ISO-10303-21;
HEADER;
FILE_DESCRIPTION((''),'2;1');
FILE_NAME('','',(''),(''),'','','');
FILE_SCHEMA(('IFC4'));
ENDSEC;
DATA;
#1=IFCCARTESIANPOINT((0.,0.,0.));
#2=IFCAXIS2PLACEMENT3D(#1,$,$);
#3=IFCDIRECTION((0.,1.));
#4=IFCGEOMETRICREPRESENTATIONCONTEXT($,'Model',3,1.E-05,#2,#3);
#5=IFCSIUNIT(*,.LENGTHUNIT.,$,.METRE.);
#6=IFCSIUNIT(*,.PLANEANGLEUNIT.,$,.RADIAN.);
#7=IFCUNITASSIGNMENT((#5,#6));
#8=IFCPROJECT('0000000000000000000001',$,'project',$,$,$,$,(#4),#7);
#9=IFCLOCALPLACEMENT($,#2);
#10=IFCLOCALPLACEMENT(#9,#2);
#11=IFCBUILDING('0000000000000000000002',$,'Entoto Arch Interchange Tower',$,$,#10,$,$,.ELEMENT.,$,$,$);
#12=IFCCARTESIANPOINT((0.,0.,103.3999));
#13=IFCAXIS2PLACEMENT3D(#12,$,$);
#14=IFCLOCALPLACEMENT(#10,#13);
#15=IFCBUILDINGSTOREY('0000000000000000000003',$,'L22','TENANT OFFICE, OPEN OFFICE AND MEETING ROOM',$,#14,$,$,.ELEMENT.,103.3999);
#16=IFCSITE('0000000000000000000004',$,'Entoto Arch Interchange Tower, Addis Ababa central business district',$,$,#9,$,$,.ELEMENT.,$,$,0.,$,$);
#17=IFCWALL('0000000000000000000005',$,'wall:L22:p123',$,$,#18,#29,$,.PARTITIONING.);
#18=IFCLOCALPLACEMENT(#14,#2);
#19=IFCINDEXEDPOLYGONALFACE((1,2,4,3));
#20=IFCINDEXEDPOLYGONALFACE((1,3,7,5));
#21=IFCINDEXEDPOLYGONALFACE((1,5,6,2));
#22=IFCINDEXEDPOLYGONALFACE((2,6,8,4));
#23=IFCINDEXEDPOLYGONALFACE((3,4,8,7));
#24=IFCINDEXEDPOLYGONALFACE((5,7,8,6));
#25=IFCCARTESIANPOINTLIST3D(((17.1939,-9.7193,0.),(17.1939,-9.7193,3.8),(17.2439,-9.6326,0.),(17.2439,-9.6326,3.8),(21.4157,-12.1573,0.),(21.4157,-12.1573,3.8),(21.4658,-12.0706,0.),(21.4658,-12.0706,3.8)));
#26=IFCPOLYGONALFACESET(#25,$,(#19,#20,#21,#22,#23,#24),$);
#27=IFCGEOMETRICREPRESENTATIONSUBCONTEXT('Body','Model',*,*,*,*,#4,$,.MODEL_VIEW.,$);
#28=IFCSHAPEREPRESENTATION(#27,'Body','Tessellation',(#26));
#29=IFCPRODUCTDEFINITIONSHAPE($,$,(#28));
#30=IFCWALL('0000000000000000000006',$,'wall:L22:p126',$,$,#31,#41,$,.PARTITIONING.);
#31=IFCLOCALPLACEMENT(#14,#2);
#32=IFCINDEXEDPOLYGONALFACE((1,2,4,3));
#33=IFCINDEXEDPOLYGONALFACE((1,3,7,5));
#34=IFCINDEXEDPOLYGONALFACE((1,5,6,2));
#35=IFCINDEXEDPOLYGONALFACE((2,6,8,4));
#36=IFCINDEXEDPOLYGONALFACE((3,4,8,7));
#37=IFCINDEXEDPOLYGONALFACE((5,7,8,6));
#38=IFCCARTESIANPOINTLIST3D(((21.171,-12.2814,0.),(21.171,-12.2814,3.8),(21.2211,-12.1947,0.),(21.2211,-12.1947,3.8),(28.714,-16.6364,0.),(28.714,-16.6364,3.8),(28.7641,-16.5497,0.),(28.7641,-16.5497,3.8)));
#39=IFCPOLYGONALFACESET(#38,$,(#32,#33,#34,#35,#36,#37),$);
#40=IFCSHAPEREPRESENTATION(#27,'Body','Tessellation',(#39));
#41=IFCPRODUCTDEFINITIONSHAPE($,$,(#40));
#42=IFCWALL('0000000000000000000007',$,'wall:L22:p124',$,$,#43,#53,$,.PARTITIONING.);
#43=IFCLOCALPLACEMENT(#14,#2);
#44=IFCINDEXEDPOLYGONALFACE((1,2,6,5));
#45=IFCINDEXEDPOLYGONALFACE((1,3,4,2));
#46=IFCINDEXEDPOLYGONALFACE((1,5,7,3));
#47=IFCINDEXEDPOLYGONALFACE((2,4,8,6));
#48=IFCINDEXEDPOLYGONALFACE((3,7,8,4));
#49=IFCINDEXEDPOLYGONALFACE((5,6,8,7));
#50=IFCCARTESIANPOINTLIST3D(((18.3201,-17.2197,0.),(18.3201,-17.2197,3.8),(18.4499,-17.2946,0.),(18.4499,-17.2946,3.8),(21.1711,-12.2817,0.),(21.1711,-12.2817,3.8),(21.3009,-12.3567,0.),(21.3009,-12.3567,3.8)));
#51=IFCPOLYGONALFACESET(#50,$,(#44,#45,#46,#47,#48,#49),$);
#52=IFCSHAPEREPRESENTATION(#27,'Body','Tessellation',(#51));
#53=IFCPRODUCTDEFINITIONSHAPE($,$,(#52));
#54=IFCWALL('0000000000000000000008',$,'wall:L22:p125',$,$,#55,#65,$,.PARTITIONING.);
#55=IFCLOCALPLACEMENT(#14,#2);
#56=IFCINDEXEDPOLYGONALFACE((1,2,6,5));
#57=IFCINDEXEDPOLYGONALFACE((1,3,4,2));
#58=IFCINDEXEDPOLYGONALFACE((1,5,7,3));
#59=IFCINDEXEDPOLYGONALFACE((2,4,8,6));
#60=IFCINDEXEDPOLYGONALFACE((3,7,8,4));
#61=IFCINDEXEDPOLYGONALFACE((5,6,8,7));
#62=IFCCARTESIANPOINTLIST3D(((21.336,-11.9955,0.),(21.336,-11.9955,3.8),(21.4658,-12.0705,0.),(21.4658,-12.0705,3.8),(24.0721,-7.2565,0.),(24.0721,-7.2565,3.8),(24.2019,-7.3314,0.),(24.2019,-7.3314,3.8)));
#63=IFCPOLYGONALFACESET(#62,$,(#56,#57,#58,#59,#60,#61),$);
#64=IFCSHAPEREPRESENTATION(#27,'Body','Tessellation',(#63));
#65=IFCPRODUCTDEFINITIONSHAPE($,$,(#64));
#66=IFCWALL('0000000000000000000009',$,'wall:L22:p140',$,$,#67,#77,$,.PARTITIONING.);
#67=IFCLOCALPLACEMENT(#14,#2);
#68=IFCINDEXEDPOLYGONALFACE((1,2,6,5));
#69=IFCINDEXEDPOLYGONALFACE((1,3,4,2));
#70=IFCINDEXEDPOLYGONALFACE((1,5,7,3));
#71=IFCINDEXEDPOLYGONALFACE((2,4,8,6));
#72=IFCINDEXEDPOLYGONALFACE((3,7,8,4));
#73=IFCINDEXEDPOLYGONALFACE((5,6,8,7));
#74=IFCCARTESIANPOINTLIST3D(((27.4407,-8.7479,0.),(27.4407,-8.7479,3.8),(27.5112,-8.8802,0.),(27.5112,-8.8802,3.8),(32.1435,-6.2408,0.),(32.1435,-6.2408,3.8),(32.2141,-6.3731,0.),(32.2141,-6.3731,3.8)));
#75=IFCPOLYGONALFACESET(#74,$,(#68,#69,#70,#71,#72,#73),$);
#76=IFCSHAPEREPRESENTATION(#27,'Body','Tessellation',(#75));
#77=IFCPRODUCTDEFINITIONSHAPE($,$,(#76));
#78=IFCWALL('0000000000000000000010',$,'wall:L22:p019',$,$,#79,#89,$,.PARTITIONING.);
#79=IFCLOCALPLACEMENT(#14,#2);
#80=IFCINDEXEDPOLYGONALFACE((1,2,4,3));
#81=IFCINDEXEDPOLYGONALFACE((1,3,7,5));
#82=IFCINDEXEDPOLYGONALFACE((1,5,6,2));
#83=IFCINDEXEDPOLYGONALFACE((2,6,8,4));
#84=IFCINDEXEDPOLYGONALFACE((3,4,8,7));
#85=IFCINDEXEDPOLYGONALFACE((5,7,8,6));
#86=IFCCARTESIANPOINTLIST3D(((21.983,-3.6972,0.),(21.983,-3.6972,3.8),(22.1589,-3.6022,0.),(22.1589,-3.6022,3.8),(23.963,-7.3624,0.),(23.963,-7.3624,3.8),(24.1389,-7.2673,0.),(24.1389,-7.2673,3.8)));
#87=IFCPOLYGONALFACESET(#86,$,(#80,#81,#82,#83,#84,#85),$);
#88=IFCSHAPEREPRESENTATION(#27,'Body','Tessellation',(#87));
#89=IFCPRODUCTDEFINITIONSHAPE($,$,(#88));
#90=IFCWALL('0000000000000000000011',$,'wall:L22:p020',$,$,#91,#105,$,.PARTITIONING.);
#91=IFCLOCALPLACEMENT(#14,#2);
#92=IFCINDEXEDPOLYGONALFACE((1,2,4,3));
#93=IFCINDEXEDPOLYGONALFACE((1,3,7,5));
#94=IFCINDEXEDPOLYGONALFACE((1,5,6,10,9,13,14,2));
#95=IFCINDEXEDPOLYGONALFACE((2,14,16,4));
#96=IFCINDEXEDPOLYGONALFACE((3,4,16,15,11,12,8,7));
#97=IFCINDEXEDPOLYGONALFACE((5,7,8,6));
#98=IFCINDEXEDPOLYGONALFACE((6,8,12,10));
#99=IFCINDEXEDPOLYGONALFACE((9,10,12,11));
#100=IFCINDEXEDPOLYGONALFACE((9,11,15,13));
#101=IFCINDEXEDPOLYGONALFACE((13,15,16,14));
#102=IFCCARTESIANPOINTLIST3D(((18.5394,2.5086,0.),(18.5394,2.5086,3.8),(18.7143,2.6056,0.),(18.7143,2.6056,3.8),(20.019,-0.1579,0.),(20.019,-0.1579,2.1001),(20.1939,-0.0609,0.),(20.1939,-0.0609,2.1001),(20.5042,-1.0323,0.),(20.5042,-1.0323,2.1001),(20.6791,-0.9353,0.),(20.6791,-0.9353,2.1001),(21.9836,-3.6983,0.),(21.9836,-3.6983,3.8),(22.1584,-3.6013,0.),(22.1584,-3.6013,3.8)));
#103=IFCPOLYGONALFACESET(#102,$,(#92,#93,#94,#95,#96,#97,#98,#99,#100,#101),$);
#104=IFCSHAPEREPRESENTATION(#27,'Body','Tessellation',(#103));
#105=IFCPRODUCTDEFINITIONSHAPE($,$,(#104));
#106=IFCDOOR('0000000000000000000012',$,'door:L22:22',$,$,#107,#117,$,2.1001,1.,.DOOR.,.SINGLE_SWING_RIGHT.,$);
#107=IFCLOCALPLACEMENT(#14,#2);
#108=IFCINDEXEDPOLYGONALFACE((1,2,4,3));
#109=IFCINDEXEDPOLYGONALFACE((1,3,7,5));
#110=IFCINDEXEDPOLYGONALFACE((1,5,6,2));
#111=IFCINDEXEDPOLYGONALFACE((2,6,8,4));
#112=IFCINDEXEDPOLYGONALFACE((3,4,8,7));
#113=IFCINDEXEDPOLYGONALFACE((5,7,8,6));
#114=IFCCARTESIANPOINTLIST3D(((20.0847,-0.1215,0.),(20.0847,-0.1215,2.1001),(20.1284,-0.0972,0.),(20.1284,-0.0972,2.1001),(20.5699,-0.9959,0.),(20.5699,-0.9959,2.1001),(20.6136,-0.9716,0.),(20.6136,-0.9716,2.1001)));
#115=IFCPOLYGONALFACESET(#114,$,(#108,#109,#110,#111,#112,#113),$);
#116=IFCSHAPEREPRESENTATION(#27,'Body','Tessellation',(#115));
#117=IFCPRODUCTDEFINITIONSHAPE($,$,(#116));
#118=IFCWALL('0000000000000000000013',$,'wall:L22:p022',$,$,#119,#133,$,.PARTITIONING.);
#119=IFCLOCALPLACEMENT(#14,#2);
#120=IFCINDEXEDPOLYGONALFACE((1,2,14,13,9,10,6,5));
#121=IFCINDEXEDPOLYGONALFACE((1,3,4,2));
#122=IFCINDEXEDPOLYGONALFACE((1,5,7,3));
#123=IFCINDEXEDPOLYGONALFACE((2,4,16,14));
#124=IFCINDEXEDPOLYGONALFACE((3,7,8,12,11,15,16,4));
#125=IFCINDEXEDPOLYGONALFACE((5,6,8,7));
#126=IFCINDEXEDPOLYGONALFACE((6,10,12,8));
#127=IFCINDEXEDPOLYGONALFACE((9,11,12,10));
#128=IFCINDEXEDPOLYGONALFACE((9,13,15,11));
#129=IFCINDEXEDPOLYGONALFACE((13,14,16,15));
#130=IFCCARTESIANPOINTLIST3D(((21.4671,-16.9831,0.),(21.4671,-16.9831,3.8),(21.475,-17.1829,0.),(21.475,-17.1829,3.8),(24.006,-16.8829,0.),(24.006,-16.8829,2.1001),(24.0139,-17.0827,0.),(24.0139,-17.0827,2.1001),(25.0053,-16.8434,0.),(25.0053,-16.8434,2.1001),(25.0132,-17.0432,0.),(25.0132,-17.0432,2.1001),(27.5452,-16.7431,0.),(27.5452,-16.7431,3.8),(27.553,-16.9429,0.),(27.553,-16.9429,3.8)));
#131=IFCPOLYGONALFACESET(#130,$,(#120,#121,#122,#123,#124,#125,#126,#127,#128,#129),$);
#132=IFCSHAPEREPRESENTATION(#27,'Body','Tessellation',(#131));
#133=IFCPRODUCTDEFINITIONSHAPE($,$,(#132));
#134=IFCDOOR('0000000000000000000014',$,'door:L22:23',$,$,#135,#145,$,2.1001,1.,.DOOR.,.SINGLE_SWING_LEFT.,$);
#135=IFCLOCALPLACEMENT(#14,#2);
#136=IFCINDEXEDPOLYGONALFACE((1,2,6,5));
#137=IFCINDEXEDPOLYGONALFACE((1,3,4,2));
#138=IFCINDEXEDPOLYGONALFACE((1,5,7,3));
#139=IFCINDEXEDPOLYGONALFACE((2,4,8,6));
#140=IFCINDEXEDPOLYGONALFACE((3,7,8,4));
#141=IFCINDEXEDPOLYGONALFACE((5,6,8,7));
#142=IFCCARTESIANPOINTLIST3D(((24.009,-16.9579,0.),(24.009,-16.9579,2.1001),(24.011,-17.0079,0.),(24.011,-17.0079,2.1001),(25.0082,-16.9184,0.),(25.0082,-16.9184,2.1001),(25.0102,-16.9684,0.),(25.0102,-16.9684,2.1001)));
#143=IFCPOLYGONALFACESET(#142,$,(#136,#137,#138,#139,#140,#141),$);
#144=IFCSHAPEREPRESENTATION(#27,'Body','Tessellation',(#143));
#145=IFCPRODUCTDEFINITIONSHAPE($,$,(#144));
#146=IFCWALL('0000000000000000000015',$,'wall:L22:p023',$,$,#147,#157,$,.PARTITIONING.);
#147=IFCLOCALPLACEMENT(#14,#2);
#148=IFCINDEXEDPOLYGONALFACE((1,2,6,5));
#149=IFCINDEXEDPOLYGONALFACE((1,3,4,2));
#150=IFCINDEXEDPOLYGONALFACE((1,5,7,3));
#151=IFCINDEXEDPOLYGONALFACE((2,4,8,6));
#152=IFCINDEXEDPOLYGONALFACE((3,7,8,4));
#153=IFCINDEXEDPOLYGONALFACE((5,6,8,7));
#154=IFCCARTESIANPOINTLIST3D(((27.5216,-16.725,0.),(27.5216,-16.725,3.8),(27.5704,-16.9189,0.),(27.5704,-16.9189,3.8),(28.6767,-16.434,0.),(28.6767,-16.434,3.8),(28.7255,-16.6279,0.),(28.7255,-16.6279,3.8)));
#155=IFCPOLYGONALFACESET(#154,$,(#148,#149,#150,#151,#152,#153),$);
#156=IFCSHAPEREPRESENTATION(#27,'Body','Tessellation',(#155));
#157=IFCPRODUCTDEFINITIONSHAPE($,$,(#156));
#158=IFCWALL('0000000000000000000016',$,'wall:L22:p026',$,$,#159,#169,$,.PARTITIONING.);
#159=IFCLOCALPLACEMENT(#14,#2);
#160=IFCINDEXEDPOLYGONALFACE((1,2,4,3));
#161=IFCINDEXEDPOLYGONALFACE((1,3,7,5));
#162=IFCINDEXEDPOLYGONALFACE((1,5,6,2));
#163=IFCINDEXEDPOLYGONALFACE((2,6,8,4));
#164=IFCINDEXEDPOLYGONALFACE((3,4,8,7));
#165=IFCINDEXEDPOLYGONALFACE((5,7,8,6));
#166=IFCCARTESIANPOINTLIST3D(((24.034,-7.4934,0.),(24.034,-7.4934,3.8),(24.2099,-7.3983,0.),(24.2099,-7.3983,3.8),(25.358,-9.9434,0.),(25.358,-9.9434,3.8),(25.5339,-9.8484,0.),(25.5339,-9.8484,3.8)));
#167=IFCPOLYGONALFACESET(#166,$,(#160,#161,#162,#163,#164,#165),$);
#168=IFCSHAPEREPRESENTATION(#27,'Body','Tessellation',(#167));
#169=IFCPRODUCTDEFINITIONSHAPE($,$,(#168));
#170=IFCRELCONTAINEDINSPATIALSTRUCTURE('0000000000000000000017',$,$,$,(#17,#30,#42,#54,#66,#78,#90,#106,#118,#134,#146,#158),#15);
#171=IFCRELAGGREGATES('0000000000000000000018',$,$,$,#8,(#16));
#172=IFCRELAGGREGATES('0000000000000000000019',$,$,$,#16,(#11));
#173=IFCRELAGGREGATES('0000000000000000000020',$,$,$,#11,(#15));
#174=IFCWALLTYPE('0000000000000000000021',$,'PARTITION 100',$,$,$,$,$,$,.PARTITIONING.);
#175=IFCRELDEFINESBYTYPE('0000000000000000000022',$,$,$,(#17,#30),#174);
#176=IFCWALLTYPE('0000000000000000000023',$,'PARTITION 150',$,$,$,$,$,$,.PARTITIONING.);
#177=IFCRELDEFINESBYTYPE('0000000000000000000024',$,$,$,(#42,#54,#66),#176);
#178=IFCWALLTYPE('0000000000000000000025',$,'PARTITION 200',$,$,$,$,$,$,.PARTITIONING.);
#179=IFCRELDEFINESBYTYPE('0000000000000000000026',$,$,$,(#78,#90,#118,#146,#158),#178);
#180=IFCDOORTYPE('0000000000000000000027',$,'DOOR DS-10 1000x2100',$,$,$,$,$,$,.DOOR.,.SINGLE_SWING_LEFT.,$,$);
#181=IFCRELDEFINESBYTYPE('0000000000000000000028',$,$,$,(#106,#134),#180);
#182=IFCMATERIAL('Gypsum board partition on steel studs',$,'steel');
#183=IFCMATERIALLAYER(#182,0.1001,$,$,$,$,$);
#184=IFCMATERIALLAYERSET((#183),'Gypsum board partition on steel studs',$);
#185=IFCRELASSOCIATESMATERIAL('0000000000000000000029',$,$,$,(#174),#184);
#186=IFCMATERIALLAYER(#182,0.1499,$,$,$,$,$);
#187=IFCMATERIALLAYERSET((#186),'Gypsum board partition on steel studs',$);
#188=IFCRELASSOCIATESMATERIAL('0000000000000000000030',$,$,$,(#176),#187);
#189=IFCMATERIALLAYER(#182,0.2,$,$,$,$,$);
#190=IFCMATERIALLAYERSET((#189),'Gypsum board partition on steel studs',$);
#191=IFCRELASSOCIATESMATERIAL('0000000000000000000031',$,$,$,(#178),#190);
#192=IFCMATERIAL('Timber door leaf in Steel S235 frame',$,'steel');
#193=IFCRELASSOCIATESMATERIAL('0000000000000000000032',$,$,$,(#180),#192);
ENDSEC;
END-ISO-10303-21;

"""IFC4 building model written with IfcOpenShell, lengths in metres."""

from ifc_helpers import new_model, si_unit, direction, frame, frame_2d, origin, place, context, subcontext, project, spatial, rectangle, extrude, material, layer, layer_set, type_object, element, fill, save


model = new_model("IFC4")

# Units and contexts
model_context = context("Model", 3, precision=1e-05, world=origin(), true_north=direction((0.0, 1.0)))
body_context = subcontext(model_context, "Body", "Model", "MODEL_VIEW")
ifc_project = project(units=[si_unit("LENGTHUNIT", "METRE"), si_unit("PLANEANGLEUNIT", "RADIAN")], contexts=[model_context])

# Site, building, storey
site_placement = place(None, origin())
site = spatial("IfcSite", under=ifc_project, at=site_placement, Name="Entoto Arch Interchange Tower, Addis Ababa central business district", CompositionType="ELEMENT", RefElevation=0.0)
building_placement = place(site_placement, origin())
building = spatial("IfcBuilding", under=site, at=building_placement, Name="Entoto Arch Interchange Tower", CompositionType="ELEMENT")
storey_placement = place(building_placement, frame((0.0, 0.0, 103.3999)))
storey = spatial("IfcBuildingStorey", under=building, at=storey_placement, Name="L22", Description="TENANT OFFICE, OPEN OFFICE AND MEETING ROOM", CompositionType="ELEMENT", Elevation=103.3999)

# Walls
ifc_material_1 = material(Name="Gypsum board partition on steel studs", Category="steel")
ifc_layer_1 = layer(ifc_material_1, 0.1001)
ifc_layer_set_1 = layer_set([ifc_layer_1], Name="Gypsum board partition on steel studs")
wall_type_1 = type_object("IfcWallType", Name="PARTITION 100", PredefinedType="PARTITIONING", material=ifc_layer_set_1)
wall_1_placement = place(storey_placement, frame((17.219, -9.676, 0.0), z_axis=(0.0, 0.0, 1.0), x_axis=(0.865985, -0.500071, 0.0)))
element("IfcWall", 1, at=wall_1_placement, inside=storey, type_object=wall_type_1, Name="wall:L22:p123", PredefinedType="PARTITIONING", context=body_context, shape_type="SweptSolid", body=[
    extrude(rectangle(XDim=4.8752, YDim=0.1001, at=frame_2d((2.4375, 0.0))), origin(), (0.0, 0.0, 1.0), 3.8),
])
wall_2_placement = place(storey_placement, frame((21.196, -12.238, 0.0), z_axis=(0.0, 0.0, 1.0), x_axis=(0.866023, -0.500004, 0.0)))
element("IfcWall", 2, at=wall_2_placement, inside=storey, type_object=wall_type_1, Name="wall:L22:p126", PredefinedType="PARTITIONING", context=body_context, shape_type="SweptSolid", body=[
    extrude(rectangle(XDim=8.71, YDim=0.1001, at=frame_2d((4.355, 0.0))), origin(), (0.0, 0.0, 1.0), 3.8),
])
ifc_layer_2 = layer(ifc_material_1, 0.1499)
ifc_layer_set_2 = layer_set([ifc_layer_2], Name="Gypsum board partition on steel studs")
wall_type_2 = type_object("IfcWallType", Name="PARTITION 150", PredefinedType="PARTITIONING", material=ifc_layer_set_2)
wall_3_placement = place(storey_placement, frame((21.2361, -12.3191, 0.0), z_axis=(0.0, 0.0, 1.0), x_axis=(-0.500016, -0.866016, 0.0)))
element("IfcWall", 3, at=wall_3_placement, inside=storey, type_object=wall_type_2, Name="wall:L22:p124", PredefinedType="PARTITIONING", context=body_context, shape_type="SweptSolid", body=[
    extrude(rectangle(XDim=5.7019, YDim=0.1499, at=frame_2d((2.8511, 0.0))), origin(), (0.0, 0.0, 1.0), 3.8),
])
wall_4_placement = place(storey_placement, frame((24.137, -7.2939, 0.0), z_axis=(0.0, 0.0, 1.0), x_axis=(-0.500002, -0.866024, 0.0)))
element("IfcWall", 4, at=wall_4_placement, inside=storey, type_object=wall_type_2, Name="wall:L22:p125", PredefinedType="PARTITIONING", context=body_context, shape_type="SweptSolid", body=[
    extrude(rectangle(XDim=5.4722, YDim=0.1499, at=frame_2d((2.7361, 0.0))), origin(), (0.0, 0.0, 1.0), 3.8),
])
wall_5_placement = place(storey_placement, frame((27.4761, -8.814, 0.0), z_axis=(0.0, 0.0, 1.0), x_axis=(0.88244, 0.470424, 0.0)))
element("IfcWall", 5, at=wall_5_placement, inside=storey, type_object=wall_type_2, Name="wall:L22:p140", PredefinedType="PARTITIONING", context=body_context, shape_type="SweptSolid", body=[
    extrude(rectangle(XDim=5.3293, YDim=0.1499, at=frame_2d((2.6646, 0.0))), origin(), (0.0, 0.0, 1.0), 3.8),
])
ifc_layer_3 = layer(ifc_material_1, 0.2)
ifc_layer_set_3 = layer_set([ifc_layer_3], Name="Gypsum board partition on steel studs")
wall_type_3 = type_object("IfcWallType", Name="PARTITION 200", PredefinedType="PARTITIONING", material=ifc_layer_set_3)
wall_6_placement = place(storey_placement, frame((24.051, -7.3149, 0.0), z_axis=(0.0, 0.0, 1.0), x_axis=(-0.475309, 0.879819, 0.0)))
element("IfcWall", 6, at=wall_6_placement, inside=storey, type_object=wall_type_3, Name="wall:L22:p019", PredefinedType="PARTITIONING", context=body_context, shape_type="SweptSolid", body=[
    extrude(rectangle(XDim=4.1658, YDim=0.2, at=frame_2d((2.083, 0.0))), origin(), (0.0, 0.0, 1.0), 3.8),
])

# Walls, openings, doors
wall_7_placement = place(storey_placement, frame((22.071, -3.6499, 0.0), z_axis=(0.0, 0.0, 1.0), x_axis=(-0.485199, 0.874404, 0.0)))
wall_7 = element("IfcWall", 7, at=wall_7_placement, inside=storey, type_object=wall_type_3, Name="wall:L22:p020", PredefinedType="PARTITIONING", context=body_context, shape_type="SweptSolid", body=[
    extrude(rectangle(XDim=7.0984, YDim=0.2, at=frame_2d((3.5493, 0.0))), origin(), (0.0, 0.0, 1.0), 3.8),
])
opening_1_placement = place(wall_7_placement, frame((3.0491, 0.0, 0.0)))
opening_1 = element("IfcOpeningElement", 8, at=opening_1_placement, cuts=wall_7, PredefinedType="OPENING", context=body_context, shape_type="SweptSolid", body=[
    extrude(rectangle(XDim=1.0, YDim=2.1001, at=frame_2d((0.5, 1.05))), frame((0.0, 0.1099, 0.0), z_axis=(0.0, -1.0, 0.0), x_axis=(1.0, 0.0, 0.0)), (0.0, 0.0, 1.0), 0.22),
])
ifc_material_2 = material(Name="Timber door leaf in Steel S235 frame", Category="steel")
door_type = type_object("IfcDoorType", Name="DOOR DS-10 1000x2100", OperationType="SINGLE_SWING_LEFT", PredefinedType="DOOR", material=ifc_material_2)
door_1_placement = place(opening_1_placement, origin())
door_1 = element("IfcDoor", 9, at=door_1_placement, inside=storey, type_object=door_type, Name="door:L22:22", OperationType="SINGLE_SWING_RIGHT", OverallHeight=2.1001, OverallWidth=1.0, PredefinedType="DOOR", context=body_context, shape_type="SweptSolid", body=[
    extrude(rectangle(XDim=1.0, YDim=2.1001, at=frame_2d((0.5, 1.05))), frame((0.0, 0.0249, 0.0), z_axis=(0.0, -1.0, 0.0), x_axis=(1.0, 0.0, 0.0)), (0.0, 0.0, 1.0), 0.05),
])
fill(opening_1, door_1)
wall_8_placement = place(storey_placement, frame((21.4709, -17.083, 0.0), z_axis=(0.0, 0.0, 1.0), x_axis=(0.999221, 0.039454, 0.0)))
wall_8 = element("IfcWall", 10, at=wall_8_placement, inside=storey, type_object=wall_type_3, Name="wall:L22:p022", PredefinedType="PARTITIONING", context=body_context, shape_type="SweptSolid", body=[
    extrude(rectangle(XDim=6.0828, YDim=0.2, at=frame_2d((3.0415, 0.0))), origin(), (0.0, 0.0, 1.0), 3.8),
])
opening_2_placement = place(wall_8_placement, frame((2.541, 0.0, 0.0)))
opening_2 = element("IfcOpeningElement", 11, at=opening_2_placement, cuts=wall_8, PredefinedType="OPENING", context=body_context, shape_type="SweptSolid", body=[
    extrude(rectangle(XDim=1.0, YDim=2.1001, at=frame_2d((0.5, 1.05))), frame((0.0, 0.1099, 0.0), z_axis=(0.0, -1.0, 0.0), x_axis=(1.0, 0.0, 0.0)), (0.0, 0.0, 1.0), 0.22),
])
door_2_placement = place(opening_2_placement, origin())
door_2 = element("IfcDoor", 12, at=door_2_placement, inside=storey, type_object=door_type, Name="door:L22:23", OperationType="SINGLE_SWING_LEFT", OverallHeight=2.1001, OverallWidth=1.0, PredefinedType="DOOR", context=body_context, shape_type="SweptSolid", body=[
    extrude(rectangle(XDim=1.0, YDim=2.1001, at=frame_2d((0.5, 1.05))), frame((0.0, 0.0249, 0.0), z_axis=(0.0, -1.0, 0.0), x_axis=(1.0, 0.0, 0.0)), (0.0, 0.0, 1.0), 0.05),
])
fill(opening_2, door_2)

# Walls
wall_9_placement = place(storey_placement, frame((27.5459, -16.822, 0.0), z_axis=(0.0, 0.0, 1.0), x_axis=(0.969695, 0.24432, 0.0)))
element("IfcWall", 13, at=wall_9_placement, inside=storey, type_object=wall_type_3, Name="wall:L22:p023", PredefinedType="PARTITIONING", context=body_context, shape_type="SweptSolid", body=[
    extrude(rectangle(XDim=1.1912, YDim=0.2, at=frame_2d((0.5957, 0.0))), origin(), (0.0, 0.0, 1.0), 3.8),
])
wall_10_placement = place(storey_placement, frame((25.446, -9.896, 0.0), z_axis=(0.0, 0.0, 1.0), x_axis=(-0.475427, 0.879755, 0.0)))
element("IfcWall", 14, at=wall_10_placement, inside=storey, type_object=wall_type_3, Name="wall:L22:p026", PredefinedType="PARTITIONING", context=body_context, shape_type="SweptSolid", body=[
    extrude(rectangle(XDim=2.7849, YDim=0.2, at=frame_2d((1.3926, 0.0))), origin(), (0.0, 0.0, 1.0), 3.8),
])

save(model, "model.ifc")
